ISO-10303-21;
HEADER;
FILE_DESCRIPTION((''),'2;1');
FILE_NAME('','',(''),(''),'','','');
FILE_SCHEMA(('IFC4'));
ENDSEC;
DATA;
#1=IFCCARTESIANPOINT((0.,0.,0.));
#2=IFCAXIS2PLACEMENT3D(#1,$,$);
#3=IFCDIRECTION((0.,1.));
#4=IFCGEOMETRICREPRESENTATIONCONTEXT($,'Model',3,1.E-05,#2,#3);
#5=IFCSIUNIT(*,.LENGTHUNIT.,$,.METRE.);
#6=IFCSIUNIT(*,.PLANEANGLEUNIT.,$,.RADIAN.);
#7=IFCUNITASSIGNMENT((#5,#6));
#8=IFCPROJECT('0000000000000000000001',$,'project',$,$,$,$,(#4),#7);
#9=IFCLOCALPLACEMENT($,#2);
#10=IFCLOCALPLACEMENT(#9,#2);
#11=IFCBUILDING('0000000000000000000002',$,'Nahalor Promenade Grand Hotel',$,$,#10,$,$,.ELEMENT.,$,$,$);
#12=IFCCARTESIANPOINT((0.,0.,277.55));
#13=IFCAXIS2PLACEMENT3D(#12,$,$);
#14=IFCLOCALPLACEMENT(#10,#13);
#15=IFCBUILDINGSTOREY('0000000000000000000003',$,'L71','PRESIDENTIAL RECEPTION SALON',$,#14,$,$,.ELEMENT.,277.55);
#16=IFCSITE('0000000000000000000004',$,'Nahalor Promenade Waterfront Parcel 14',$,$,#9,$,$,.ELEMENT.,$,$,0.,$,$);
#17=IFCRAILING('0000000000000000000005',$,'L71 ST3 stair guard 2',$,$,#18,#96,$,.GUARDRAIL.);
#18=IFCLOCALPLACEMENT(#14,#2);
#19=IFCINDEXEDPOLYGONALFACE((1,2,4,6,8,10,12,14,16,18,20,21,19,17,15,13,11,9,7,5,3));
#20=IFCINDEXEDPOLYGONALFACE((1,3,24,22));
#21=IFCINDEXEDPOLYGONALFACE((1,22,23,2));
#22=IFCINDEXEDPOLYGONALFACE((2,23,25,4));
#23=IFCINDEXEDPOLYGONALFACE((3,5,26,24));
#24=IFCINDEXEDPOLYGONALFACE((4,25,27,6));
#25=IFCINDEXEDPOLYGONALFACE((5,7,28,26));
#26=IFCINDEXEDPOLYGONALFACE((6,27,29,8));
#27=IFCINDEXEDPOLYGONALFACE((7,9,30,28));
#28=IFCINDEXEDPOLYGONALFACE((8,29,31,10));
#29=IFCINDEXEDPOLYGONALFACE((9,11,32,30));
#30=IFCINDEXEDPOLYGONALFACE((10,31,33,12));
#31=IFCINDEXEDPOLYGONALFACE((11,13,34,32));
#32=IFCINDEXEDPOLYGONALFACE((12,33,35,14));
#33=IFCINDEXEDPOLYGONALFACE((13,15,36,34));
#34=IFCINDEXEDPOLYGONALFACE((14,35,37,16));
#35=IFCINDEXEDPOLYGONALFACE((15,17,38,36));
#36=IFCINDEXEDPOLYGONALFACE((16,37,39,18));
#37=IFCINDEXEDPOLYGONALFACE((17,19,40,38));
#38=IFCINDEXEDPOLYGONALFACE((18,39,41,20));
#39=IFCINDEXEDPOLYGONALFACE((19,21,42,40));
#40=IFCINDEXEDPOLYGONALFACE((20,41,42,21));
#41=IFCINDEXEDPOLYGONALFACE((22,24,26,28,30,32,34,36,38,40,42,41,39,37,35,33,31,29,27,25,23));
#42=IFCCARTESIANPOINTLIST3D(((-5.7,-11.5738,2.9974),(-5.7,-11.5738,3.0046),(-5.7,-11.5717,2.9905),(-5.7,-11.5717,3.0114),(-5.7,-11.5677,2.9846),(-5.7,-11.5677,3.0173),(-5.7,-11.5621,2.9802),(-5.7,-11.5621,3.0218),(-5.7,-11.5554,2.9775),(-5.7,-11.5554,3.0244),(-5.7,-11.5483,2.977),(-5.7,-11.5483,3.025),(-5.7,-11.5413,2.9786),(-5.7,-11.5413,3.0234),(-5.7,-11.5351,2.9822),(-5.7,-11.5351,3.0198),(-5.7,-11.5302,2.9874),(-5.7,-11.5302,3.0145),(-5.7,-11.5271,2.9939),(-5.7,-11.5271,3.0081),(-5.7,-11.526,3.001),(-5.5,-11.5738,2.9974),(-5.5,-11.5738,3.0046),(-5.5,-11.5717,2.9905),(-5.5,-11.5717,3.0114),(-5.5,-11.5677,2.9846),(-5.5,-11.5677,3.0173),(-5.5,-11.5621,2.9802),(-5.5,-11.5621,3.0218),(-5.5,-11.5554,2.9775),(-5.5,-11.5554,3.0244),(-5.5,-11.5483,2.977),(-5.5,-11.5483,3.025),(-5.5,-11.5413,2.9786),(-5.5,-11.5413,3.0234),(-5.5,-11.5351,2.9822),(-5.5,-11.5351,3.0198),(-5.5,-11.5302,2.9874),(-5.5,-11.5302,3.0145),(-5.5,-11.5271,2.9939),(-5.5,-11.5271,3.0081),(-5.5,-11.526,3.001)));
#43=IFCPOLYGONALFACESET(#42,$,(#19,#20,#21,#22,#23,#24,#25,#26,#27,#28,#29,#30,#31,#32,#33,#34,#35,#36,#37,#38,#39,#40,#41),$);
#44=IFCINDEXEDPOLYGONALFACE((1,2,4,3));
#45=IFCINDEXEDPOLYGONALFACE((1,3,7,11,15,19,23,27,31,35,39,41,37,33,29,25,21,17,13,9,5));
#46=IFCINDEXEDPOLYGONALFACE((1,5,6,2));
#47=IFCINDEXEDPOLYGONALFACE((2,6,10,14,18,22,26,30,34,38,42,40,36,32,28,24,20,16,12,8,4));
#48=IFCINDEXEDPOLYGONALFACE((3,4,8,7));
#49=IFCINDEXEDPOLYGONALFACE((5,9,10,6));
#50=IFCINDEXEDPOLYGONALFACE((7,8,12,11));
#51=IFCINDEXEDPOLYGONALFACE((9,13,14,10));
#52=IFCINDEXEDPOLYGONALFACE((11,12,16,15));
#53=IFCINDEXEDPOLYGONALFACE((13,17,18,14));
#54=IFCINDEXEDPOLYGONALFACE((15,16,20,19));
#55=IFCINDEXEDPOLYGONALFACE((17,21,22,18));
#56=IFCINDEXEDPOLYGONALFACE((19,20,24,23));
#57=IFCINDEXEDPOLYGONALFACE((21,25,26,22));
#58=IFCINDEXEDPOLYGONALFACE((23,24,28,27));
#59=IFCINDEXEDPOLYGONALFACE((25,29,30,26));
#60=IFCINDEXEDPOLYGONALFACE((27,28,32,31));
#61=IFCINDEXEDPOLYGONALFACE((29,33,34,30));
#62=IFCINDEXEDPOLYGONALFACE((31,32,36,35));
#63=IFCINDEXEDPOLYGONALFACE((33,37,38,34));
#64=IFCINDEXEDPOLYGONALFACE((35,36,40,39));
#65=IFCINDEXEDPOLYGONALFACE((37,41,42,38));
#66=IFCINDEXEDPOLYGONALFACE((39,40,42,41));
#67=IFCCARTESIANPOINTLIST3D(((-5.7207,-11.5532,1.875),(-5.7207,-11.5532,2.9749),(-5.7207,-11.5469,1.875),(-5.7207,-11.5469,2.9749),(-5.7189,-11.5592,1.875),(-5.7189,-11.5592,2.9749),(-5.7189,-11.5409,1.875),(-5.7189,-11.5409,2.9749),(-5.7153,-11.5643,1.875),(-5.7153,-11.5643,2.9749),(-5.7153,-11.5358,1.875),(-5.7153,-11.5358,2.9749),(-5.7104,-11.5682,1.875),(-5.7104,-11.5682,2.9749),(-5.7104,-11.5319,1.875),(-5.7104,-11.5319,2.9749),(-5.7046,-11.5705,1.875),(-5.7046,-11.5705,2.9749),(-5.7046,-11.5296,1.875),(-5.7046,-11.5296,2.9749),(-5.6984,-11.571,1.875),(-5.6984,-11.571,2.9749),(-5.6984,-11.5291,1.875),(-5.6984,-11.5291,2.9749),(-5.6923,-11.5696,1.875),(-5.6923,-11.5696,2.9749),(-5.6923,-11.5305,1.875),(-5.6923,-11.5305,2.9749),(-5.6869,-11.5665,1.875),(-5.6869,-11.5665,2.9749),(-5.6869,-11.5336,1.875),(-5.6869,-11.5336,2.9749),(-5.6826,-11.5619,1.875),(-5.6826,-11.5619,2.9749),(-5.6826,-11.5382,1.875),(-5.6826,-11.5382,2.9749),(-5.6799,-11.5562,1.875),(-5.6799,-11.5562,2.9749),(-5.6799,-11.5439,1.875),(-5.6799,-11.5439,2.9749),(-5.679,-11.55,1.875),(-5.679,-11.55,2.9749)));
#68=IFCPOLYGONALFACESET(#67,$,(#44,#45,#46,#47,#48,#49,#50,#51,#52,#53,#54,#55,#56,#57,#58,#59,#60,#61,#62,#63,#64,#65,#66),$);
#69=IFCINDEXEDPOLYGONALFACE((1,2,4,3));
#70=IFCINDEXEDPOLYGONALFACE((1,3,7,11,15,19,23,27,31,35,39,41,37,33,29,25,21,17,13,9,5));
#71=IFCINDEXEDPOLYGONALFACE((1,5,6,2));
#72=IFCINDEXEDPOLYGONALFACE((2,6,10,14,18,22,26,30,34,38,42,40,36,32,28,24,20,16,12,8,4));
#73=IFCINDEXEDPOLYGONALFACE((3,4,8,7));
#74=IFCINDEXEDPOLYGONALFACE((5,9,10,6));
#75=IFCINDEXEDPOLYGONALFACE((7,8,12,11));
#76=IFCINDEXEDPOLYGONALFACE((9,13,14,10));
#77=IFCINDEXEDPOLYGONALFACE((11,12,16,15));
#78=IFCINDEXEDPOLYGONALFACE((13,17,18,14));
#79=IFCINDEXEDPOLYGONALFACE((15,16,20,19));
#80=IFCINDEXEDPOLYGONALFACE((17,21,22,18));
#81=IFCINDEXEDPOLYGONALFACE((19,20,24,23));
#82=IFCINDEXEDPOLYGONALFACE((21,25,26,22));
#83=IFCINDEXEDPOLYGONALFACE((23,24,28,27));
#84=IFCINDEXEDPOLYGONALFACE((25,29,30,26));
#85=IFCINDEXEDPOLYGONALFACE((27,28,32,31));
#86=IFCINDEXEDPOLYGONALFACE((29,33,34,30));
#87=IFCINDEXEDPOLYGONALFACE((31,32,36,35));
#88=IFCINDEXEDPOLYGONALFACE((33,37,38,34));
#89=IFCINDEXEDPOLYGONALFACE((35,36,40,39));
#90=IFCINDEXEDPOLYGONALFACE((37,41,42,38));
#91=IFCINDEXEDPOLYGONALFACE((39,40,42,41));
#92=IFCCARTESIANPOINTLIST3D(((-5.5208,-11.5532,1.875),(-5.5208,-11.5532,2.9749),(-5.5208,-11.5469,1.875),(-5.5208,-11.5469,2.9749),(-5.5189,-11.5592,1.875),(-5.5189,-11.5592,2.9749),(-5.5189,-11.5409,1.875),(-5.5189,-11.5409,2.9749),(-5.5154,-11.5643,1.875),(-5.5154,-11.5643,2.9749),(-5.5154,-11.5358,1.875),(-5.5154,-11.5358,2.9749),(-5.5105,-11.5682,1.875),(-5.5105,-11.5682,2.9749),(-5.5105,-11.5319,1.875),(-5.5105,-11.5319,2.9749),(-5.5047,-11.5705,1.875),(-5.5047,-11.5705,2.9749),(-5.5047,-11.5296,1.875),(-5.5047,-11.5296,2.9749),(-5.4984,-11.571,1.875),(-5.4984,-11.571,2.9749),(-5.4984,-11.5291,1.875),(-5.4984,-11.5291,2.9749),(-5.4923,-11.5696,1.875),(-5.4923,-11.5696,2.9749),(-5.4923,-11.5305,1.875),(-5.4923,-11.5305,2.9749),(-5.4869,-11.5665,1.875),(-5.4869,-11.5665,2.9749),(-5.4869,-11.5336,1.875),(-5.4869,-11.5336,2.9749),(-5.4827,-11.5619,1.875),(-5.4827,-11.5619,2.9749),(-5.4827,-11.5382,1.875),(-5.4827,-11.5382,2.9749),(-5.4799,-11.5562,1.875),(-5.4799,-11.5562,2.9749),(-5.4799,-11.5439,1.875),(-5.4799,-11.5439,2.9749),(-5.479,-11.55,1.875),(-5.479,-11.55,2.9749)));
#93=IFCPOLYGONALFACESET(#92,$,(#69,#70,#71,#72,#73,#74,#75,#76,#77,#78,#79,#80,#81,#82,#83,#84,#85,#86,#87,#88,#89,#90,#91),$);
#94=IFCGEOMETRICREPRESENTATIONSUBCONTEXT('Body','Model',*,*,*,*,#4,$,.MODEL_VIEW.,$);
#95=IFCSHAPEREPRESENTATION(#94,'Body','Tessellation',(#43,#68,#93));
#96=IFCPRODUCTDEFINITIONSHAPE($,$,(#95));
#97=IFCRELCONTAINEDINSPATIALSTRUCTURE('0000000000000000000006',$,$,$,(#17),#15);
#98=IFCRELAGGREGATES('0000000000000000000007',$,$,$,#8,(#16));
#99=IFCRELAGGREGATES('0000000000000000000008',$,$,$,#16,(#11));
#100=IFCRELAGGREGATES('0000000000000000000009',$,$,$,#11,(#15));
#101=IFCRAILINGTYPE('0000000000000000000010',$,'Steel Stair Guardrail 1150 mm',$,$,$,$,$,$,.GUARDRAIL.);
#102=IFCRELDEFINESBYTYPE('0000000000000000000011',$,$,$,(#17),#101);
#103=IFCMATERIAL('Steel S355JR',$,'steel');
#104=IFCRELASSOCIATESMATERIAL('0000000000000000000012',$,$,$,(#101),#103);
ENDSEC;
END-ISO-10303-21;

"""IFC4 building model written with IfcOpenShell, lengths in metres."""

from ifc_helpers import new_model, si_unit, direction, frame, origin, origin_2d, place, context, subcontext, project, spatial, circle, extrude, material, type_object, element, save


model = new_model("IFC4")

# Units and contexts
model_context = context("Model", 3, precision=1e-05, world=origin(), true_north=direction((0.0, 1.0)))
body_context = subcontext(model_context, "Body", "Model", "MODEL_VIEW")
ifc_project = project(units=[si_unit("LENGTHUNIT", "METRE"), si_unit("PLANEANGLEUNIT", "RADIAN")], contexts=[model_context])

# Site, building, storey
site_placement = place(None, origin())
site = spatial("IfcSite", under=ifc_project, at=site_placement, Name="Nahalor Promenade Waterfront Parcel 14", CompositionType="ELEMENT", RefElevation=0.0)
building_placement = place(site_placement, origin())
building = spatial("IfcBuilding", under=site, at=building_placement, Name="Nahalor Promenade Grand Hotel", CompositionType="ELEMENT")
storey_placement = place(building_placement, frame((0.0, 0.0, 277.55)))
storey = spatial("IfcBuildingStorey", under=building, at=storey_placement, Name="L71", Description="PRESIDENTIAL RECEPTION SALON", CompositionType="ELEMENT", Elevation=277.55)

# Shared definitions
ifc_material_1 = material(Name="Steel S355JR", Category="steel")

# Railing
railing_type_1 = type_object("IfcRailingType", Name="Steel Stair Guardrail 1150 mm", PredefinedType="GUARDRAIL", material=ifc_material_1)
railing_1_placement = place(storey_placement, frame((-5.7, -11.55, 1.875)))
element("IfcRailing", 1, at=railing_1_placement, inside=storey, type_object=railing_type_1, Name="L71 ST3 stair guard 2", PredefinedType="GUARDRAIL", context=body_context, shape_type="SweptSolid", body=[
    extrude(circle(Radius=0.024, at=origin_2d()), frame((0.0, 0.0, 1.126), z_axis=(1.0, 0.0, 0.0), x_axis=(0.0, 1.0, 0.0)), (0.0, 0.0, 1.0), 0.2),
    extrude(circle(Radius=0.021, at=origin_2d()), origin(), (0.0, 0.0, 1.0), 1.0999),
    extrude(circle(Radius=0.021, at=origin_2d()), frame((0.2, 0.0, 0.0)), (0.0, 0.0, 1.0), 1.0999),
])

save(model, "model.ifc")
